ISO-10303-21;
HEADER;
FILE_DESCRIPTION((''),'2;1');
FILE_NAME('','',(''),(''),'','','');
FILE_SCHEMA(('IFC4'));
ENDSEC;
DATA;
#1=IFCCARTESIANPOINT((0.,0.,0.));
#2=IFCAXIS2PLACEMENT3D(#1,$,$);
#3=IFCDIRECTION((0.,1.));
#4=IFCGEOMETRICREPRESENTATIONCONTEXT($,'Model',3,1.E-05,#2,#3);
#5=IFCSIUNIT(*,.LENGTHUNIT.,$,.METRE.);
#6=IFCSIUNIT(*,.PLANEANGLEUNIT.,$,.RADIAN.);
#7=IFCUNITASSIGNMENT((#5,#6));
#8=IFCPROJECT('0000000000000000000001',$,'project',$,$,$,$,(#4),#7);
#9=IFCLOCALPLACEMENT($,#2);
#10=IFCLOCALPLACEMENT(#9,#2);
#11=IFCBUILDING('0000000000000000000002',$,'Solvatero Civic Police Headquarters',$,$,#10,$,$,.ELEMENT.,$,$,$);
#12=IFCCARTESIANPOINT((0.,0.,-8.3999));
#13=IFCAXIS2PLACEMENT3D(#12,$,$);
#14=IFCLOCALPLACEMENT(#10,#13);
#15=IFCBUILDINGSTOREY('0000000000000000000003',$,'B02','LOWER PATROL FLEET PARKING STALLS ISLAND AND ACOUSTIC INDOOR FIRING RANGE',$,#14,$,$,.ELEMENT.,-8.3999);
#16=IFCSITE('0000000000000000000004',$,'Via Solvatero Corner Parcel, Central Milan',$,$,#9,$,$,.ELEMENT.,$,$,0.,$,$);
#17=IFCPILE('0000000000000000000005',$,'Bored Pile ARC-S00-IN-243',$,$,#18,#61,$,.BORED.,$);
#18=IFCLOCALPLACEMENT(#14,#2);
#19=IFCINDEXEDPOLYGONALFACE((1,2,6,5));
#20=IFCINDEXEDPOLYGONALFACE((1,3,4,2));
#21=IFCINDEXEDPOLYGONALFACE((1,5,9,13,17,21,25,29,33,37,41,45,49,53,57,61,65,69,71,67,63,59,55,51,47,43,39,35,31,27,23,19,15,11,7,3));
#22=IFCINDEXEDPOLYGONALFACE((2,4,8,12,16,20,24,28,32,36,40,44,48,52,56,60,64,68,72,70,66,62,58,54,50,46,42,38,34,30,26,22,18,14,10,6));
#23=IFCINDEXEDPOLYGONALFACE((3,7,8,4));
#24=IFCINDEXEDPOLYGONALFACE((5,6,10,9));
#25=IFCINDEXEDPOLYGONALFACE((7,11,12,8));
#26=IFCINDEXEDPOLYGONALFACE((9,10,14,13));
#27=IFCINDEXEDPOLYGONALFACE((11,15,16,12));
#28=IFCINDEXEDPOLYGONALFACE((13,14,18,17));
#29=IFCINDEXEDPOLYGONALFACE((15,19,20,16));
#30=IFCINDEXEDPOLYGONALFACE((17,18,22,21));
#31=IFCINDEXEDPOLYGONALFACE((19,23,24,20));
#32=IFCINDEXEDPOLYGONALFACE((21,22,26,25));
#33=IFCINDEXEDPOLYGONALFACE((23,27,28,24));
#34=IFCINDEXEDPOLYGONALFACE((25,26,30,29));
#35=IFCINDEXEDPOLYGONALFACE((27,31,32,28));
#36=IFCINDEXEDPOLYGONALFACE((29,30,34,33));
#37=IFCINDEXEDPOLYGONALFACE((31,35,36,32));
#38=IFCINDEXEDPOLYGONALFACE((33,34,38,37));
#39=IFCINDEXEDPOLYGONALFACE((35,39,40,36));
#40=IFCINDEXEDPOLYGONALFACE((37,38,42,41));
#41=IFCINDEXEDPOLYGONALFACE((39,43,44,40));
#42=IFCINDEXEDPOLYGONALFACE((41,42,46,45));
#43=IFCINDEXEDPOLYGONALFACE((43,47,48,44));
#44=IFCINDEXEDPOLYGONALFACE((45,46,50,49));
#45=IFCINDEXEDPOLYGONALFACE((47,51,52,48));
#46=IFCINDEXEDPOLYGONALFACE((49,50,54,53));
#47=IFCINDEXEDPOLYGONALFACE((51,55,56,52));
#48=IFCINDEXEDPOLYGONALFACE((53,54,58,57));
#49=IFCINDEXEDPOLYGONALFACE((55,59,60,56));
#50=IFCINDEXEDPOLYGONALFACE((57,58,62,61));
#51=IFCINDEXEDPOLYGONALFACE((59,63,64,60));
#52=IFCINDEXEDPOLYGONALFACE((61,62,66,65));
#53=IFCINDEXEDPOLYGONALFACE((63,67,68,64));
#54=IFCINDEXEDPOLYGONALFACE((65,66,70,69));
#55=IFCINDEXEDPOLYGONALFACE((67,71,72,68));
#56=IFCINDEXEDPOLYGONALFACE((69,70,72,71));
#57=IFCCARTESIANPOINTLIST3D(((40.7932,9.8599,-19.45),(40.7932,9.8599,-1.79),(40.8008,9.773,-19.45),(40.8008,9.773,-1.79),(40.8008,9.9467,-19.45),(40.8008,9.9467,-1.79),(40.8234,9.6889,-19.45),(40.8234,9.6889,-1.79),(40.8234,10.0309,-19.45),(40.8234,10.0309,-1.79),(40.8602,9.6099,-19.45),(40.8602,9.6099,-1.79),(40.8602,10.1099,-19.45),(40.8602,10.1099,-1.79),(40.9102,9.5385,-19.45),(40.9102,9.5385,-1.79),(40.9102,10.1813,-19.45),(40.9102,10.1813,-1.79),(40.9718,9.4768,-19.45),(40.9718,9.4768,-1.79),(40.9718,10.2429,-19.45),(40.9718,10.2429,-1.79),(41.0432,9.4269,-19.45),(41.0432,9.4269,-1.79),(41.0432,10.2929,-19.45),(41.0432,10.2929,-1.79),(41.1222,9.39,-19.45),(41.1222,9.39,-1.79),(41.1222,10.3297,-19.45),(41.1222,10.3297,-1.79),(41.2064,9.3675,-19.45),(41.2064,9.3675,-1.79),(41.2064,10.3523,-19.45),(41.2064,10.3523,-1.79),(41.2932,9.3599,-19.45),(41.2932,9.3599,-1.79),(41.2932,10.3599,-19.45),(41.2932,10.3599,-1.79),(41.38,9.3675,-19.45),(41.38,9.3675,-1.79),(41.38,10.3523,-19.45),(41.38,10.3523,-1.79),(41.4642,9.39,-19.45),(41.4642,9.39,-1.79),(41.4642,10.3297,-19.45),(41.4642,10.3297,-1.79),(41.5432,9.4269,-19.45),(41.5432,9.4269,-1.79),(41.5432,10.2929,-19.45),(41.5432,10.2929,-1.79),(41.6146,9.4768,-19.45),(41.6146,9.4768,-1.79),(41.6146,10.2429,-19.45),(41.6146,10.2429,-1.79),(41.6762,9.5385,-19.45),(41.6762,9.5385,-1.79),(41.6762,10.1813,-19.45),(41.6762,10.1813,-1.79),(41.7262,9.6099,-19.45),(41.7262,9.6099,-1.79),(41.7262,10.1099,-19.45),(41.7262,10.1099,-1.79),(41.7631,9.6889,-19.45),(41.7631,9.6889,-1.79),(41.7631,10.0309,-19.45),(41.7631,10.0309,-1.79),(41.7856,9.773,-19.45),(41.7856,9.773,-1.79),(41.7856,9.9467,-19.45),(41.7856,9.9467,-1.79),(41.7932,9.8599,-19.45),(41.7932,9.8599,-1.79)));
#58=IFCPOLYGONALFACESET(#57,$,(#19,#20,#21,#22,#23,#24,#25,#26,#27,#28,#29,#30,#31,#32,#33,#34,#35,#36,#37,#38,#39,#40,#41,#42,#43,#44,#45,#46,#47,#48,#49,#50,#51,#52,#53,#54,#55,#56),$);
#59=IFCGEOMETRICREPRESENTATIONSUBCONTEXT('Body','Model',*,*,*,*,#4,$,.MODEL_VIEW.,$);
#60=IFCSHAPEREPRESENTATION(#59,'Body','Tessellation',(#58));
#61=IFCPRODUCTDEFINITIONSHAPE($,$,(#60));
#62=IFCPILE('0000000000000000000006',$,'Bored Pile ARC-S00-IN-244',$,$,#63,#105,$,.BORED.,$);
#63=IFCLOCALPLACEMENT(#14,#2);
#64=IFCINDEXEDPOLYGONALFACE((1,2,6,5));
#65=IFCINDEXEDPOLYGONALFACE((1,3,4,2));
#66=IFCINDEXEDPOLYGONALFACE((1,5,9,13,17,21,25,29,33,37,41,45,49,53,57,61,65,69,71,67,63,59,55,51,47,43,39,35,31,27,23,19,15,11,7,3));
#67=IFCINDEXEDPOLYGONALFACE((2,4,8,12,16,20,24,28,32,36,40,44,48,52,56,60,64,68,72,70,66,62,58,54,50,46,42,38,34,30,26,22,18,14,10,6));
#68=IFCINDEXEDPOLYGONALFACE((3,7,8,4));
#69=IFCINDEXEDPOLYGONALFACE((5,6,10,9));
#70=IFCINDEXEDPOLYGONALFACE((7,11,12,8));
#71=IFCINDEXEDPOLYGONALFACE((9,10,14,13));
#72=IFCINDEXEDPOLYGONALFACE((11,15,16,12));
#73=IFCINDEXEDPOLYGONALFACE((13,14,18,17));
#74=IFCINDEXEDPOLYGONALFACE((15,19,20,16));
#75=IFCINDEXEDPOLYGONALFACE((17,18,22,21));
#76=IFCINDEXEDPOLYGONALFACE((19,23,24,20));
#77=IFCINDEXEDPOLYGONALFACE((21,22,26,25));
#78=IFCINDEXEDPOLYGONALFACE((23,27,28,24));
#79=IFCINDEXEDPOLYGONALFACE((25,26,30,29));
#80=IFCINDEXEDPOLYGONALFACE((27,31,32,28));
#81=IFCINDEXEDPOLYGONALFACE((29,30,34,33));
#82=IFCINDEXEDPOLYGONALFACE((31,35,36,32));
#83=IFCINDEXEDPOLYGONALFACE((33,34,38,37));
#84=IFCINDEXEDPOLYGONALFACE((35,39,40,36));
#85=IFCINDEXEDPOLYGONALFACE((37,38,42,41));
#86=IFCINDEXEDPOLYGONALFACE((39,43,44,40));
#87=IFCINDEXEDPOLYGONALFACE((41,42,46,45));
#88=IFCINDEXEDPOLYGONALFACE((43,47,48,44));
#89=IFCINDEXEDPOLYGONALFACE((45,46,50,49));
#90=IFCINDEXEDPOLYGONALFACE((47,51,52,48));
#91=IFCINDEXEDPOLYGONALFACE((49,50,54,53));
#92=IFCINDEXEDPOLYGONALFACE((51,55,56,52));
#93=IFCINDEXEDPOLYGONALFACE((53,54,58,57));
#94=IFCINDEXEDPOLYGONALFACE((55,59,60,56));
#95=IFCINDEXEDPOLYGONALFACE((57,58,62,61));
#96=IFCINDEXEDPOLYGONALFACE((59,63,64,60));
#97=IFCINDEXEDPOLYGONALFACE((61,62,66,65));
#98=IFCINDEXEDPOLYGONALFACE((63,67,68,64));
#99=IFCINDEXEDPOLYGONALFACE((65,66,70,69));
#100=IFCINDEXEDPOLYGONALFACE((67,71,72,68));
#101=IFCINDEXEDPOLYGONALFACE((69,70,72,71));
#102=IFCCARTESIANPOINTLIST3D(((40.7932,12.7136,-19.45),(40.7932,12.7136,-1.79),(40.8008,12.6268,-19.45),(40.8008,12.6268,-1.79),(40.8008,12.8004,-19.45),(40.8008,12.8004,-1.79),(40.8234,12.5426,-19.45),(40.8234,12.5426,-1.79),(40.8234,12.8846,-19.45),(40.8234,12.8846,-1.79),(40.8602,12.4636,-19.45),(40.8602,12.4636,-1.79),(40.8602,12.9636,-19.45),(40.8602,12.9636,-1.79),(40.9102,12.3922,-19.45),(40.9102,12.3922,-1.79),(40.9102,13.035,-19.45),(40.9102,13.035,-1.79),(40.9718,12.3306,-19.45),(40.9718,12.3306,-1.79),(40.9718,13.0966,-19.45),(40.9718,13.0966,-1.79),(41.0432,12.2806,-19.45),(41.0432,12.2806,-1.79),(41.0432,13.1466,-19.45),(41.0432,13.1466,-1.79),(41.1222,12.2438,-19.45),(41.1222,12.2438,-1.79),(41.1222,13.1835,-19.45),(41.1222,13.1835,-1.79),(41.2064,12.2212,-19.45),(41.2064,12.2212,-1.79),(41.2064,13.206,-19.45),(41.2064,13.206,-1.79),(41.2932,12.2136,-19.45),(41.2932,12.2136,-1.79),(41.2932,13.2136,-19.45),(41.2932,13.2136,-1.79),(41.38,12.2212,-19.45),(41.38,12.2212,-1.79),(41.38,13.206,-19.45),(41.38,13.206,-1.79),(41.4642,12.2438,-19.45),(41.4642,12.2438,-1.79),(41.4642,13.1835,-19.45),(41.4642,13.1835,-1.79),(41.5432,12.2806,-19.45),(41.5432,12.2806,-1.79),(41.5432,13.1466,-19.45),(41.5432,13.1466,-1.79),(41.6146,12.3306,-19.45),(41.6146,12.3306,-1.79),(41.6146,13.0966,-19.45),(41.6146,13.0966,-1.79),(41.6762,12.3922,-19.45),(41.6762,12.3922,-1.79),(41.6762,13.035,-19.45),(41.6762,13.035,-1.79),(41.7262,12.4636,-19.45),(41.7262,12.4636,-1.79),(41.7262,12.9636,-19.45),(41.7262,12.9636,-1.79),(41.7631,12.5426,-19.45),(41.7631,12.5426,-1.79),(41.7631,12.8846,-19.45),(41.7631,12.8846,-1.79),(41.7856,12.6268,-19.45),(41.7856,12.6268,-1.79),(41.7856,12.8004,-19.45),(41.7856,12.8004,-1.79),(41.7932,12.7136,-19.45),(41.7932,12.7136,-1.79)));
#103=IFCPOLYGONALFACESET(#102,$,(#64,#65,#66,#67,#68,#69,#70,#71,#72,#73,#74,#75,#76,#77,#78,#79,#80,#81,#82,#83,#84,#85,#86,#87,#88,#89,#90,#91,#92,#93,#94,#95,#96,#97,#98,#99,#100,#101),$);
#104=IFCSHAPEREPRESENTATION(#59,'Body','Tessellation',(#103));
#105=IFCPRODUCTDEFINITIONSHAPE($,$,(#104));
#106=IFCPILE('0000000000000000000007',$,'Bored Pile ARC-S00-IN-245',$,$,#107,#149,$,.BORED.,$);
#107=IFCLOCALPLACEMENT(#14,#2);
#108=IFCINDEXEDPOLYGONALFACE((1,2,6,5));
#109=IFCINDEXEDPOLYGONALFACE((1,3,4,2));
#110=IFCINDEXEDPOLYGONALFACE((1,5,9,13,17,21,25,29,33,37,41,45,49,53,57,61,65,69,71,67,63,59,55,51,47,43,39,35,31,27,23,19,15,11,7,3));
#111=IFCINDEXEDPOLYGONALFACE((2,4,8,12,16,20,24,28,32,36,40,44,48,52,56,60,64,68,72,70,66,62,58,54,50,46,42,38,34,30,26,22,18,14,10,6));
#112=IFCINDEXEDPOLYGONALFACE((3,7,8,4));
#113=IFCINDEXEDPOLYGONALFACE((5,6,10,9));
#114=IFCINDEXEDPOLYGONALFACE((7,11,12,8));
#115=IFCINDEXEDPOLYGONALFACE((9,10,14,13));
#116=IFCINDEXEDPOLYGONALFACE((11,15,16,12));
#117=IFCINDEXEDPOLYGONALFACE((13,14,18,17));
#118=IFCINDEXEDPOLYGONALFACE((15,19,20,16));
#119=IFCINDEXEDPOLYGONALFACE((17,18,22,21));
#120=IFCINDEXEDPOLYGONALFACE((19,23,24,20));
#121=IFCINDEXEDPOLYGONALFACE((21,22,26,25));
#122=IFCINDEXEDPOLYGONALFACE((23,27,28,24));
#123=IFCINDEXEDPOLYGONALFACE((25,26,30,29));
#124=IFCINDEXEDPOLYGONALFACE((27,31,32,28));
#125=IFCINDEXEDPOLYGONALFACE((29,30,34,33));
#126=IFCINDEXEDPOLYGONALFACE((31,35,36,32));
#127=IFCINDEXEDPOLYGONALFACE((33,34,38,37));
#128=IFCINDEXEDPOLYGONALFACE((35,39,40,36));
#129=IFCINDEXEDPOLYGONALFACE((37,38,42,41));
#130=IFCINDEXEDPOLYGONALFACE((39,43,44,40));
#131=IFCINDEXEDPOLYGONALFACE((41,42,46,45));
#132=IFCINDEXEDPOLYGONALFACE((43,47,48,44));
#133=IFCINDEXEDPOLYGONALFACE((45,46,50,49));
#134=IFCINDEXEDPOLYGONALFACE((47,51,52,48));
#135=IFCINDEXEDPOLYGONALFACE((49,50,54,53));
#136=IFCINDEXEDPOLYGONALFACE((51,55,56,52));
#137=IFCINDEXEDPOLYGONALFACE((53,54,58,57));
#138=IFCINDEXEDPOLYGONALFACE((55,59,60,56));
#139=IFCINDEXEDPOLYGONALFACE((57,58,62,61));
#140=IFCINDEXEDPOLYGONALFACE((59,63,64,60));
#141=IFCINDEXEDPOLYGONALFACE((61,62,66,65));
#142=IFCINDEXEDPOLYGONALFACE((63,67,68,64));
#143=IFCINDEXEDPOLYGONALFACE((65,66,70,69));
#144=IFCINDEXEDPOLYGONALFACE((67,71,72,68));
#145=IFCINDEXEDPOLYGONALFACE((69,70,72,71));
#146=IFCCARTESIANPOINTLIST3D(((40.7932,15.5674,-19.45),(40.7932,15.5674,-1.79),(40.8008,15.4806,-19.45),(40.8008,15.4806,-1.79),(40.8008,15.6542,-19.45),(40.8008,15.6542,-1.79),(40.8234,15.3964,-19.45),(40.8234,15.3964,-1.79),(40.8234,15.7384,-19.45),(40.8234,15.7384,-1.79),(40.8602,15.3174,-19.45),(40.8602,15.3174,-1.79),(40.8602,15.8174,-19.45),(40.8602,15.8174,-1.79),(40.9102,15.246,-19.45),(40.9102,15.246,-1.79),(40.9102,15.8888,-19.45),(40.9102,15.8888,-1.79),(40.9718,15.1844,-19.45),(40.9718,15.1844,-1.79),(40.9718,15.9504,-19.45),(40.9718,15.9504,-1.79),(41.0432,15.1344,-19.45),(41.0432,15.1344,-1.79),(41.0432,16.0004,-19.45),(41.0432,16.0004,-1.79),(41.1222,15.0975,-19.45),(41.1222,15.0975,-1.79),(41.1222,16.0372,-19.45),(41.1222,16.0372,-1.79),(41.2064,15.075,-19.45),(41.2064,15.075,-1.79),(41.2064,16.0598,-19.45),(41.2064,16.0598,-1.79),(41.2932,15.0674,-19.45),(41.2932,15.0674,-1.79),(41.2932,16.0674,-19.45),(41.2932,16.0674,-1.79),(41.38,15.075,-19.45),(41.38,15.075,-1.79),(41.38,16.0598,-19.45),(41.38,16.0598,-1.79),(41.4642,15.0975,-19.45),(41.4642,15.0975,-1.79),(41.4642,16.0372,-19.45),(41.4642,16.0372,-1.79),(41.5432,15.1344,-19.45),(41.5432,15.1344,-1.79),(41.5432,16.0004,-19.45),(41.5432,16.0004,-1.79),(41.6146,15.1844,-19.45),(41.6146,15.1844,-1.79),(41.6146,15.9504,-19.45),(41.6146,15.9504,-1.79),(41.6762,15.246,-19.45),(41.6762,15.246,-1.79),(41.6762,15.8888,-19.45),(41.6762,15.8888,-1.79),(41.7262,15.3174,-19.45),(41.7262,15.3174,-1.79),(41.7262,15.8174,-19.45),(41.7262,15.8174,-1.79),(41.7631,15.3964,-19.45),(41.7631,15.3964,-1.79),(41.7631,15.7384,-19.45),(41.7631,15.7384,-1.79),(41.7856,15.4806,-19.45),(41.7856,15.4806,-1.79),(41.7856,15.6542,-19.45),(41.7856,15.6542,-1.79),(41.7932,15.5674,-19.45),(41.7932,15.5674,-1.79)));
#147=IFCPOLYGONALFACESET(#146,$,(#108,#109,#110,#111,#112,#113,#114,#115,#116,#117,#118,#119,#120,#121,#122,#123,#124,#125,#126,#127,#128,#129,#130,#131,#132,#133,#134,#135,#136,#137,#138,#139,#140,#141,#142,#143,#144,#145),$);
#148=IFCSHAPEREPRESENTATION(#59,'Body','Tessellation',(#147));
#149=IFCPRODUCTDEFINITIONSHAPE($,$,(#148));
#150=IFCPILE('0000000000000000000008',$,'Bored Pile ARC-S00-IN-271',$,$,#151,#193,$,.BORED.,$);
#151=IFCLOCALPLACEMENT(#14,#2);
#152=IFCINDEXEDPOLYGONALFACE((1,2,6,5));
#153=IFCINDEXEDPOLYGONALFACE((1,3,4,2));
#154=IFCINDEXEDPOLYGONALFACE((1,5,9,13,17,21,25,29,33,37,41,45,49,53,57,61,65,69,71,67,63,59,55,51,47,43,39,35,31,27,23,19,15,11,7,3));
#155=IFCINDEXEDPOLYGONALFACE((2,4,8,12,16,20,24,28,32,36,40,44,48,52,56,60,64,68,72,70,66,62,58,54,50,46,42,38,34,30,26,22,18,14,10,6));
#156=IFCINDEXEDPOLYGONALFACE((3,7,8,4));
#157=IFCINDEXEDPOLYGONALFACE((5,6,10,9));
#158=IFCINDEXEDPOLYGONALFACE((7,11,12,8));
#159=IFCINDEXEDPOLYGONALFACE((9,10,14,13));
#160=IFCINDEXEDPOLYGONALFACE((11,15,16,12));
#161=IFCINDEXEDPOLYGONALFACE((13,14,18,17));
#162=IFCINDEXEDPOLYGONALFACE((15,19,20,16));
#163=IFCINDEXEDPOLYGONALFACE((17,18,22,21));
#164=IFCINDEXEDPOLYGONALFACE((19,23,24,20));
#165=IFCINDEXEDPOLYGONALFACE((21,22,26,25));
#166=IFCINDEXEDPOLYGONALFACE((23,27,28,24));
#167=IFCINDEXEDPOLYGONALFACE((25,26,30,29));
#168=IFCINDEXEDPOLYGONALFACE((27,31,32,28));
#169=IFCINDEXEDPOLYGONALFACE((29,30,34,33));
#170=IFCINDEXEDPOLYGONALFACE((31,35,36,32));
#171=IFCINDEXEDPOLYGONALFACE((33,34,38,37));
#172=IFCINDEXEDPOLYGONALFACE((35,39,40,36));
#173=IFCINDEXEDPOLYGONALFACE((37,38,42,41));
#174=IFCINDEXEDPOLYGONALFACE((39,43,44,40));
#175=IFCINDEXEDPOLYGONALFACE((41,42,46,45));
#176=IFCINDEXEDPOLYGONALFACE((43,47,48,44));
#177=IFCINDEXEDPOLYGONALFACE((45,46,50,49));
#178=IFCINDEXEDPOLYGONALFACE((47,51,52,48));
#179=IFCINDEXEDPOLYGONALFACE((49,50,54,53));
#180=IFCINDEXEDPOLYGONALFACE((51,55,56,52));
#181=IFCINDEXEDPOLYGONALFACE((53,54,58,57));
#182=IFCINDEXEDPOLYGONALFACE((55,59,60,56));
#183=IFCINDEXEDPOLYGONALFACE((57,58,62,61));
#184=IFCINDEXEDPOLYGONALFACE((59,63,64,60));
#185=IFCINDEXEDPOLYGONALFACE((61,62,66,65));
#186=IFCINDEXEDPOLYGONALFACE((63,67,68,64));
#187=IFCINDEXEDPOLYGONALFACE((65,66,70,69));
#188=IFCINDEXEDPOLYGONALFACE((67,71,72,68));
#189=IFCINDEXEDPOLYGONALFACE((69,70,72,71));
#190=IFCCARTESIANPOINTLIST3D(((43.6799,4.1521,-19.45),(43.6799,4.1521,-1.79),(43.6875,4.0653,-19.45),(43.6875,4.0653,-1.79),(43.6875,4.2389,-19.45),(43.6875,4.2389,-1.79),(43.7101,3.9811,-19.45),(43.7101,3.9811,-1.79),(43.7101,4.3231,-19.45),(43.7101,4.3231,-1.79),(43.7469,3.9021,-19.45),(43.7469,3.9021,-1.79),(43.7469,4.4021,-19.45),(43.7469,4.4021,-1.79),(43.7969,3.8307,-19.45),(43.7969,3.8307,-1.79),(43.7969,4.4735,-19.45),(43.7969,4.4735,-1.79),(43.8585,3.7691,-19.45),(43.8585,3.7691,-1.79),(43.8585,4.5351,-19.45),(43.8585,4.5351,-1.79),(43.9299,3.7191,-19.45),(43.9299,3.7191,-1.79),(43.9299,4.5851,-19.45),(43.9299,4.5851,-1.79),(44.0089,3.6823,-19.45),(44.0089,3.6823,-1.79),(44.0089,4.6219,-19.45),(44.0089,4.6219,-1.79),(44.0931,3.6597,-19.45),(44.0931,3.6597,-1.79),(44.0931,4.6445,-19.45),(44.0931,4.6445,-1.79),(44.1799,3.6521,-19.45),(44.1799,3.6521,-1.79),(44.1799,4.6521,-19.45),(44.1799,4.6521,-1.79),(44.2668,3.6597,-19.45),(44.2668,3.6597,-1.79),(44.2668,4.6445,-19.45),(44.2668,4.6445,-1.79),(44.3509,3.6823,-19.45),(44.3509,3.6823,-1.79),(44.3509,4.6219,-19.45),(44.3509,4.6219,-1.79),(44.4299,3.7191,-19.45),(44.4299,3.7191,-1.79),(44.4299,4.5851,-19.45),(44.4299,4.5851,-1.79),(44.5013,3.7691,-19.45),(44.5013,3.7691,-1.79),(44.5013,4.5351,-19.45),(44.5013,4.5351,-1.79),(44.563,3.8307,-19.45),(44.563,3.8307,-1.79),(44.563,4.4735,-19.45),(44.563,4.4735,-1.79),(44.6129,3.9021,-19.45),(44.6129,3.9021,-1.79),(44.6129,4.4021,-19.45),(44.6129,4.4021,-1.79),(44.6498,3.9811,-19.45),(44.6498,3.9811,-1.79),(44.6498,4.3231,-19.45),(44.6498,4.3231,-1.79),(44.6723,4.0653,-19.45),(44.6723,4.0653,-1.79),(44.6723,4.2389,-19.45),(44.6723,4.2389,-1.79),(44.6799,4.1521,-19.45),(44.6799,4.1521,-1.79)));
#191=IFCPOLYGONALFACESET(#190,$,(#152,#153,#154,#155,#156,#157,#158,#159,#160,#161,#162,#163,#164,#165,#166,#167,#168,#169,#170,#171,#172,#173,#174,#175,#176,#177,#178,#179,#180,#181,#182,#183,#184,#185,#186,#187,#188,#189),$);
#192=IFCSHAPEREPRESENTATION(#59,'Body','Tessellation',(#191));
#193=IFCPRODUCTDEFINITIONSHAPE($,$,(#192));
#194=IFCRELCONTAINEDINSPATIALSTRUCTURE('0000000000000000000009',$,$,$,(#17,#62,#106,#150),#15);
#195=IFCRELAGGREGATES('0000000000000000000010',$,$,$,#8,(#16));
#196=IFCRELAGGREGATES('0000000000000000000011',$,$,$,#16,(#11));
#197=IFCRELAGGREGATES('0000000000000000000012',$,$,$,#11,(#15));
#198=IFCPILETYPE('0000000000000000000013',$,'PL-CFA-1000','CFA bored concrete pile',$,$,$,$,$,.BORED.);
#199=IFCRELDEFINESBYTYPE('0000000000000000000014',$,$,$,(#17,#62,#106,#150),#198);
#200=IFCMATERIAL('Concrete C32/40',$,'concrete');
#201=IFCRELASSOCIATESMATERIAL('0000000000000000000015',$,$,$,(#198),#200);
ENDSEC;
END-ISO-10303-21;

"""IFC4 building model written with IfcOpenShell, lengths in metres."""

from ifc_helpers import new_model, si_unit, direction, frame, origin, origin_2d, place, context, subcontext, project, spatial, circle, extrude, material, material_profile, profile_set, type_object, element, save


model = new_model("IFC4")

# Units and contexts
model_context = context("Model", 3, precision=1e-05, world=origin(), true_north=direction((0.0, 1.0)))
body_context = subcontext(model_context, "Body", "Model", "MODEL_VIEW")
ifc_project = project(units=[si_unit("LENGTHUNIT", "METRE"), si_unit("PLANEANGLEUNIT", "RADIAN")], contexts=[model_context])

# Site, building, storey
site_placement = place(None, origin())
site = spatial("IfcSite", under=ifc_project, at=site_placement, Name="Via Solvatero Corner Parcel, Central Milan", CompositionType="ELEMENT", RefElevation=0.0)
building_placement = place(site_placement, origin())
building = spatial("IfcBuilding", under=site, at=building_placement, Name="Solvatero Civic Police Headquarters", CompositionType="ELEMENT")
storey_placement = place(building_placement, frame((0.0, 0.0, -8.3999)))
storey = spatial("IfcBuildingStorey", under=building, at=storey_placement, Name="B02", Description="LOWER PATROL FLEET PARKING STALLS ISLAND AND ACOUSTIC INDOOR FIRING RANGE", CompositionType="ELEMENT", Elevation=-8.3999)

# Piles
ifc_material_1 = material(Name="Concrete C32/40", Category="concrete")
ifc_material_profile_1 = material_profile(ifc_material_1, circle(Radius=0.5, at=origin_2d()), Name="CFA PILE D1000")
ifc_profile_set_1 = profile_set([ifc_material_profile_1], Name="Concrete C32/40")
pile_type = type_object("IfcPileType", Name="PL-CFA-1000", Description="CFA bored concrete pile", PredefinedType="BORED", material=ifc_profile_set_1)
for number, where, z_axis, x_axis, name in (
    (1, (41.2932, 9.8599, -1.79), (0.0, 0.0, -1.0), (1.0, 0.0, 0.0), "Bored Pile ARC-S00-IN-243"),
    (2, (41.2932, 12.7136, -1.79), (0.0, 0.0, -1.0), (1.0, 0.0, 0.0), "Bored Pile ARC-S00-IN-244"),
    (3, (41.2932, 15.5674, -1.79), (0.0, 0.0, -1.0), (1.0, 0.0, 0.0), "Bored Pile ARC-S00-IN-245"),
    (4, (44.1799, 4.1521, -1.79), (0.0, 0.0, -1.0), (1.0, 0.0, 0.0), "Bored Pile ARC-S00-IN-271"),
):
    element("IfcPile", number, at=place(storey_placement, frame(where, z_axis=z_axis, x_axis=x_axis)), inside=storey, type_object=pile_type, Name=name, PredefinedType="BORED", context=body_context, shape_type="SweptSolid", body=[
        extrude(circle(Radius=0.5, at=origin_2d()), origin(), (0.0, 0.0, 1.0), 17.6599),
    ])

save(model, "model.ifc")
